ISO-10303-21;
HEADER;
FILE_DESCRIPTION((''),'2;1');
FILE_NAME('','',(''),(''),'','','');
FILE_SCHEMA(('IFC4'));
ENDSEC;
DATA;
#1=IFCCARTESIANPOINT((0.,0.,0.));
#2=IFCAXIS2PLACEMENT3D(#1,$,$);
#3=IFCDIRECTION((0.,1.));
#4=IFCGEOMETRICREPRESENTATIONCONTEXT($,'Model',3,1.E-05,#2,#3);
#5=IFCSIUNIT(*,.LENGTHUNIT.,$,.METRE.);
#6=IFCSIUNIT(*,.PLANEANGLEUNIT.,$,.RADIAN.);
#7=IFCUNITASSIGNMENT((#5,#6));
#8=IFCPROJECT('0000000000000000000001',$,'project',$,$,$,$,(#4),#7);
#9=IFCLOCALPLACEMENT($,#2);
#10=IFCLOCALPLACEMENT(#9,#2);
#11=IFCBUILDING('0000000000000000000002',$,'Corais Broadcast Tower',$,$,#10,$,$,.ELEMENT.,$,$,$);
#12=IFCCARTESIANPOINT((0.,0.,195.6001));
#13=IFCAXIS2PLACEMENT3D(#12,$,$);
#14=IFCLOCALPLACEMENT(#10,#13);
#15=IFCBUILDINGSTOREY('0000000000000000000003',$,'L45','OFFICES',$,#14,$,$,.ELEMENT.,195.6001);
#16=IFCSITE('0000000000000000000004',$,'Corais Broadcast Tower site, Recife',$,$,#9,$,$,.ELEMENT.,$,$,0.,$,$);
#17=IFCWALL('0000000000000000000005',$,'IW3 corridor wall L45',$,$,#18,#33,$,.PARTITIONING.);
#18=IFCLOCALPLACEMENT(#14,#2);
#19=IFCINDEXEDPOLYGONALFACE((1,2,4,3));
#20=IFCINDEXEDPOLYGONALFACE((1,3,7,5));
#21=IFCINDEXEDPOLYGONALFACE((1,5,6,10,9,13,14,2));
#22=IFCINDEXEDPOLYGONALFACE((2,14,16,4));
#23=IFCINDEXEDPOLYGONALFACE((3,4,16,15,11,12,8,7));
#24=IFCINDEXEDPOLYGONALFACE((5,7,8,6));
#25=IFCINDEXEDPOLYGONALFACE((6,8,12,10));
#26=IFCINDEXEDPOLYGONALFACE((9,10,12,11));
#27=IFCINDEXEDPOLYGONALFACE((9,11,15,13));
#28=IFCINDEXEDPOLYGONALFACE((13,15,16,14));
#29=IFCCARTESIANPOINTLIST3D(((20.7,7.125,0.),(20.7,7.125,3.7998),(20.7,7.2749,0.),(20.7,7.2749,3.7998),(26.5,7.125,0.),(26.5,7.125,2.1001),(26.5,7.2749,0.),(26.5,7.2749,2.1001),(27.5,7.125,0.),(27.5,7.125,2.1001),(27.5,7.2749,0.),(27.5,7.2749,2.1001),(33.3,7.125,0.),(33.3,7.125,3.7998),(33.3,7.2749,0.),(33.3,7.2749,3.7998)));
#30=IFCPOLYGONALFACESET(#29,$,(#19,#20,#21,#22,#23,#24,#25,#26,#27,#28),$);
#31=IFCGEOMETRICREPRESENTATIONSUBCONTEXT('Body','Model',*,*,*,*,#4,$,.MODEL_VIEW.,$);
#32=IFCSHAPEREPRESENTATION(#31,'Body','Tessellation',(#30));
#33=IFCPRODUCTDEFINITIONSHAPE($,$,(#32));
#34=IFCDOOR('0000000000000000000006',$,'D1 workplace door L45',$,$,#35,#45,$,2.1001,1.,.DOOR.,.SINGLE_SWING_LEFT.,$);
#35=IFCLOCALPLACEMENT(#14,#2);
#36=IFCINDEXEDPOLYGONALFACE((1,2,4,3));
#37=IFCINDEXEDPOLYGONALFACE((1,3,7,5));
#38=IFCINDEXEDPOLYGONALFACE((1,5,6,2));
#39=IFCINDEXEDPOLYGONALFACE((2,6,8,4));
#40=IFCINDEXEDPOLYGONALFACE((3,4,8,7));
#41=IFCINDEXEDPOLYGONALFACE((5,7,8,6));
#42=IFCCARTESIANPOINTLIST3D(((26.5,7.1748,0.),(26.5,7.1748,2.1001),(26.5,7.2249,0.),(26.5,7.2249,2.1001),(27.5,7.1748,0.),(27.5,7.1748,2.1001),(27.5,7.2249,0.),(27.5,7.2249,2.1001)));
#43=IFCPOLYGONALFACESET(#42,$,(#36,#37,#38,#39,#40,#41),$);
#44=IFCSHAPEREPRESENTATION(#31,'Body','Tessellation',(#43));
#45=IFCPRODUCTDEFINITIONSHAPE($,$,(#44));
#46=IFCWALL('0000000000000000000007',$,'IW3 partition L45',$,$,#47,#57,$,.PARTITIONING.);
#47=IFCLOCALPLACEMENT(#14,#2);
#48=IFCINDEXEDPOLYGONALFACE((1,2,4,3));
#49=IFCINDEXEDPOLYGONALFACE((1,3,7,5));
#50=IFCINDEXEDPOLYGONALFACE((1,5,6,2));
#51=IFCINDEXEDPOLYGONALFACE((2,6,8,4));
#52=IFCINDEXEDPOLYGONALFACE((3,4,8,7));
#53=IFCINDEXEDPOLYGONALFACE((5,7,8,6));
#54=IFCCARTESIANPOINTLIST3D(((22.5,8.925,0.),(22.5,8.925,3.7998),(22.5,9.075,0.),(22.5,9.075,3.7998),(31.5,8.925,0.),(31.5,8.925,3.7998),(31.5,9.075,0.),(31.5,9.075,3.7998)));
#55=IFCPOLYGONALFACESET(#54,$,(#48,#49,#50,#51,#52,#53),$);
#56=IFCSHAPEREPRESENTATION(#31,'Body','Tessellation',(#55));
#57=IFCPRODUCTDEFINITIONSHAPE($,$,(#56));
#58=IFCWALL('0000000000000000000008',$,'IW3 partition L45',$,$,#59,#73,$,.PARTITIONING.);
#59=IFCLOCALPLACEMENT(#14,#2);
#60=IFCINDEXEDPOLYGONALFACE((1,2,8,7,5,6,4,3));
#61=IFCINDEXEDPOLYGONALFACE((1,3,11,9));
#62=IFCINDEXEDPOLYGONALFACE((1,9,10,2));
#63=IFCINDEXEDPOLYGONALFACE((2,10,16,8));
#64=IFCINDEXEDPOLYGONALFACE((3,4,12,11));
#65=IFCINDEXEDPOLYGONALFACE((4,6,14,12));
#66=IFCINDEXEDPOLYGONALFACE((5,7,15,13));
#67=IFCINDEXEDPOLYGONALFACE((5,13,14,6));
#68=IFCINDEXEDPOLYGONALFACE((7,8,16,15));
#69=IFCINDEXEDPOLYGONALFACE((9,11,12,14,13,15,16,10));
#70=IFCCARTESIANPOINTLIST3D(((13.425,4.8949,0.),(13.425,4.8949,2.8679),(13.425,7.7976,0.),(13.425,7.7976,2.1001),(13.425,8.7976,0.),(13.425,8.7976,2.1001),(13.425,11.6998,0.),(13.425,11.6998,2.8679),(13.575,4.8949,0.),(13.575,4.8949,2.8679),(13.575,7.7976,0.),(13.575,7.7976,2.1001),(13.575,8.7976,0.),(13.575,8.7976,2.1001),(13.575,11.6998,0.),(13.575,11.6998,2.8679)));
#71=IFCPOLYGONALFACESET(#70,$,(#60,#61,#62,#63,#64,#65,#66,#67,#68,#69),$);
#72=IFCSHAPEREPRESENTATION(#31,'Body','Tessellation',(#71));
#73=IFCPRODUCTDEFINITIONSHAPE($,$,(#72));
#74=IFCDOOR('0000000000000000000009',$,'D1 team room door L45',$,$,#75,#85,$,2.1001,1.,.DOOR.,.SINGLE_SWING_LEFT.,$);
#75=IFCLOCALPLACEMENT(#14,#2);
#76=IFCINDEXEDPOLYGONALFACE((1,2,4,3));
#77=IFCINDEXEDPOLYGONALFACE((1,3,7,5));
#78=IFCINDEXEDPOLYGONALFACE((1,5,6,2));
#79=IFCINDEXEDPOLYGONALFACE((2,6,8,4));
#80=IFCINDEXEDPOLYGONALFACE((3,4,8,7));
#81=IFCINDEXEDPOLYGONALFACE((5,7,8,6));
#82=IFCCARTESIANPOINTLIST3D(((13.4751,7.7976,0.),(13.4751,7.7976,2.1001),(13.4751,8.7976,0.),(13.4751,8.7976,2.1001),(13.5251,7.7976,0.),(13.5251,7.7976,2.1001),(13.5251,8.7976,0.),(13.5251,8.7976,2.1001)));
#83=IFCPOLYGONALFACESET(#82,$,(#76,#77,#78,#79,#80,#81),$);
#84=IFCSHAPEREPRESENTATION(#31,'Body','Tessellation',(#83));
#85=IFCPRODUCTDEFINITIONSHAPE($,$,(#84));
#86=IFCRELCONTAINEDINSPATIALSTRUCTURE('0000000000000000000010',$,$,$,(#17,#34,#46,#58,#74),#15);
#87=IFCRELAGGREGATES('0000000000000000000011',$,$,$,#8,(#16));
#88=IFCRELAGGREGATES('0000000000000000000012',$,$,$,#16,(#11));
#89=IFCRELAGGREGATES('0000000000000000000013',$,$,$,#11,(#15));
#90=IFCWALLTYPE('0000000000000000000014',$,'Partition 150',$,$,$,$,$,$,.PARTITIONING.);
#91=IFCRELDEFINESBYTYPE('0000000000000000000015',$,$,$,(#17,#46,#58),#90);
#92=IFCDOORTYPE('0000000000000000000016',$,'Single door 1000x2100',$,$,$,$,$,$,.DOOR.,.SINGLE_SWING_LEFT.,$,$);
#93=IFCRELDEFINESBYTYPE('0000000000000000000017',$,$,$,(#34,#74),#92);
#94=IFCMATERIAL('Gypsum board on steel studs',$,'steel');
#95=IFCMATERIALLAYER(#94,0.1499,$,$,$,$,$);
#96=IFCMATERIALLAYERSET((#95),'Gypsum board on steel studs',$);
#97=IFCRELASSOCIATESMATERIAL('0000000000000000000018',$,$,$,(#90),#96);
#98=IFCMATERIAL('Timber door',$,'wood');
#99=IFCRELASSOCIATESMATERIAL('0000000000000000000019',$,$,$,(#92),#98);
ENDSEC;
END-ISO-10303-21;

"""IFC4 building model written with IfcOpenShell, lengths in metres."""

from ifc_helpers import new_model, si_unit, direction, frame, frame_2d, origin, place, context, subcontext, project, spatial, rectangle, extrude, material, layer, layer_set, type_object, element, fill, save


model = new_model("IFC4")

# Units and contexts
model_context = context("Model", 3, precision=1e-05, world=origin(), true_north=direction((0.0, 1.0)))
body_context = subcontext(model_context, "Body", "Model", "MODEL_VIEW")
ifc_project = project(units=[si_unit("LENGTHUNIT", "METRE"), si_unit("PLANEANGLEUNIT", "RADIAN")], contexts=[model_context])

# Site, building, storey
site_placement = place(None, origin())
site = spatial("IfcSite", under=ifc_project, at=site_placement, Name="Corais Broadcast Tower site, Recife", CompositionType="ELEMENT", RefElevation=0.0)
building_placement = place(site_placement, origin())
building = spatial("IfcBuilding", under=site, at=building_placement, Name="Corais Broadcast Tower", CompositionType="ELEMENT")
storey_placement = place(building_placement, frame((0.0, 0.0, 195.6001)))
storey = spatial("IfcBuildingStorey", under=building, at=storey_placement, Name="L45", Description="OFFICES", CompositionType="ELEMENT", Elevation=195.6001)

# Wall, opening, door
ifc_material_1 = material(Name="Gypsum board on steel studs", Category="steel")
ifc_layer_1 = layer(ifc_material_1, 0.1499)
ifc_layer_set_1 = layer_set([ifc_layer_1], Name="Gypsum board on steel studs")
wall_type = type_object("IfcWallType", Name="Partition 150", PredefinedType="PARTITIONING", material=ifc_layer_set_1)
wall_1_placement = place(storey_placement, frame((20.7, 7.2, 0.0), z_axis=(0.0, 0.0, 1.0), x_axis=(1.0, 0.0, 0.0)))
wall_1 = element("IfcWall", 1, at=wall_1_placement, inside=storey, type_object=wall_type, Name="IW3 corridor wall L45", PredefinedType="PARTITIONING", context=body_context, shape_type="SweptSolid", body=[
    extrude(rectangle(XDim=12.6001, YDim=0.1499, at=frame_2d((6.3, 0.0))), origin(), (0.0, 0.0, 1.0), 3.7998),
])
opening_1_placement = place(wall_1_placement, frame((5.8, 0.0, 0.0)))
opening_1 = element("IfcOpeningElement", 2, at=opening_1_placement, cuts=wall_1, PredefinedType="OPENING", context=body_context, shape_type="SweptSolid", body=[
    extrude(rectangle(XDim=1.0, YDim=2.1001, at=frame_2d((0.5, 1.05))), frame((0.0, 0.085, 0.0), z_axis=(0.0, -1.0, 0.0), x_axis=(1.0, 0.0, 0.0)), (0.0, 0.0, 1.0), 0.1699),
])
ifc_material_2 = material(Name="Timber door", Category="wood")
door_type = type_object("IfcDoorType", Name="Single door 1000x2100", OperationType="SINGLE_SWING_LEFT", PredefinedType="DOOR", material=ifc_material_2)
door_1_placement = place(opening_1_placement, origin())
door_1 = element("IfcDoor", 3, at=door_1_placement, inside=storey, type_object=door_type, Name="D1 workplace door L45", OperationType="SINGLE_SWING_LEFT", OverallHeight=2.1001, OverallWidth=1.0, PredefinedType="DOOR", context=body_context, shape_type="SweptSolid", body=[
    extrude(rectangle(XDim=1.0, YDim=2.1001, at=frame_2d((0.5, 1.05))), frame((0.0, 0.0249, 0.0), z_axis=(0.0, -1.0, 0.0), x_axis=(1.0, 0.0, 0.0)), (0.0, 0.0, 1.0), 0.05),
])
fill(opening_1, door_1)

# Wall
wall_2_placement = place(storey_placement, frame((22.5, 9.0, 0.0), z_axis=(0.0, 0.0, 1.0), x_axis=(1.0, 0.0, 0.0)))
element("IfcWall", 4, at=wall_2_placement, inside=storey, type_object=wall_type, Name="IW3 partition L45", PredefinedType="PARTITIONING", context=body_context, shape_type="SweptSolid", body=[
    extrude(rectangle(XDim=9.0, YDim=0.1499, at=frame_2d((4.5, 0.0))), origin(), (0.0, 0.0, 1.0), 3.7998),
])

# Wall, opening, door
wall_3_placement = place(storey_placement, frame((13.5, 4.895, 0.0), z_axis=(0.0, 0.0, 1.0), x_axis=(0.0, 1.0, 0.0)))
wall_3 = element("IfcWall", 5, at=wall_3_placement, inside=storey, type_object=wall_type, Name="IW3 partition L45", PredefinedType="PARTITIONING", context=body_context, shape_type="SweptSolid", body=[
    extrude(rectangle(XDim=6.8049, YDim=0.1499, at=frame_2d((3.4023, 0.0))), origin(), (0.0, 0.0, 1.0), 2.8679),
])
opening_2_placement = place(wall_3_placement, frame((2.9026, 0.0, 0.0)))
opening_2 = element("IfcOpeningElement", 6, at=opening_2_placement, cuts=wall_3, PredefinedType="OPENING", context=body_context, shape_type="SweptSolid", body=[
    extrude(rectangle(XDim=1.0, YDim=2.1001, at=frame_2d((0.5, 1.05))), frame((0.0, 0.085, 0.0), z_axis=(0.0, -1.0, 0.0), x_axis=(1.0, 0.0, 0.0)), (0.0, 0.0, 1.0), 0.1699),
])
door_2_placement = place(opening_2_placement, origin())
door_2 = element("IfcDoor", 7, at=door_2_placement, inside=storey, type_object=door_type, Name="D1 team room door L45", OperationType="SINGLE_SWING_LEFT", OverallHeight=2.1001, OverallWidth=1.0, PredefinedType="DOOR", context=body_context, shape_type="SweptSolid", body=[
    extrude(rectangle(XDim=1.0, YDim=2.1001, at=frame_2d((0.5, 1.05))), frame((0.0, 0.0249, 0.0), z_axis=(0.0, -1.0, 0.0), x_axis=(1.0, 0.0, 0.0)), (0.0, 0.0, 1.0), 0.05),
])
fill(opening_2, door_2)

save(model, "model.ifc")
